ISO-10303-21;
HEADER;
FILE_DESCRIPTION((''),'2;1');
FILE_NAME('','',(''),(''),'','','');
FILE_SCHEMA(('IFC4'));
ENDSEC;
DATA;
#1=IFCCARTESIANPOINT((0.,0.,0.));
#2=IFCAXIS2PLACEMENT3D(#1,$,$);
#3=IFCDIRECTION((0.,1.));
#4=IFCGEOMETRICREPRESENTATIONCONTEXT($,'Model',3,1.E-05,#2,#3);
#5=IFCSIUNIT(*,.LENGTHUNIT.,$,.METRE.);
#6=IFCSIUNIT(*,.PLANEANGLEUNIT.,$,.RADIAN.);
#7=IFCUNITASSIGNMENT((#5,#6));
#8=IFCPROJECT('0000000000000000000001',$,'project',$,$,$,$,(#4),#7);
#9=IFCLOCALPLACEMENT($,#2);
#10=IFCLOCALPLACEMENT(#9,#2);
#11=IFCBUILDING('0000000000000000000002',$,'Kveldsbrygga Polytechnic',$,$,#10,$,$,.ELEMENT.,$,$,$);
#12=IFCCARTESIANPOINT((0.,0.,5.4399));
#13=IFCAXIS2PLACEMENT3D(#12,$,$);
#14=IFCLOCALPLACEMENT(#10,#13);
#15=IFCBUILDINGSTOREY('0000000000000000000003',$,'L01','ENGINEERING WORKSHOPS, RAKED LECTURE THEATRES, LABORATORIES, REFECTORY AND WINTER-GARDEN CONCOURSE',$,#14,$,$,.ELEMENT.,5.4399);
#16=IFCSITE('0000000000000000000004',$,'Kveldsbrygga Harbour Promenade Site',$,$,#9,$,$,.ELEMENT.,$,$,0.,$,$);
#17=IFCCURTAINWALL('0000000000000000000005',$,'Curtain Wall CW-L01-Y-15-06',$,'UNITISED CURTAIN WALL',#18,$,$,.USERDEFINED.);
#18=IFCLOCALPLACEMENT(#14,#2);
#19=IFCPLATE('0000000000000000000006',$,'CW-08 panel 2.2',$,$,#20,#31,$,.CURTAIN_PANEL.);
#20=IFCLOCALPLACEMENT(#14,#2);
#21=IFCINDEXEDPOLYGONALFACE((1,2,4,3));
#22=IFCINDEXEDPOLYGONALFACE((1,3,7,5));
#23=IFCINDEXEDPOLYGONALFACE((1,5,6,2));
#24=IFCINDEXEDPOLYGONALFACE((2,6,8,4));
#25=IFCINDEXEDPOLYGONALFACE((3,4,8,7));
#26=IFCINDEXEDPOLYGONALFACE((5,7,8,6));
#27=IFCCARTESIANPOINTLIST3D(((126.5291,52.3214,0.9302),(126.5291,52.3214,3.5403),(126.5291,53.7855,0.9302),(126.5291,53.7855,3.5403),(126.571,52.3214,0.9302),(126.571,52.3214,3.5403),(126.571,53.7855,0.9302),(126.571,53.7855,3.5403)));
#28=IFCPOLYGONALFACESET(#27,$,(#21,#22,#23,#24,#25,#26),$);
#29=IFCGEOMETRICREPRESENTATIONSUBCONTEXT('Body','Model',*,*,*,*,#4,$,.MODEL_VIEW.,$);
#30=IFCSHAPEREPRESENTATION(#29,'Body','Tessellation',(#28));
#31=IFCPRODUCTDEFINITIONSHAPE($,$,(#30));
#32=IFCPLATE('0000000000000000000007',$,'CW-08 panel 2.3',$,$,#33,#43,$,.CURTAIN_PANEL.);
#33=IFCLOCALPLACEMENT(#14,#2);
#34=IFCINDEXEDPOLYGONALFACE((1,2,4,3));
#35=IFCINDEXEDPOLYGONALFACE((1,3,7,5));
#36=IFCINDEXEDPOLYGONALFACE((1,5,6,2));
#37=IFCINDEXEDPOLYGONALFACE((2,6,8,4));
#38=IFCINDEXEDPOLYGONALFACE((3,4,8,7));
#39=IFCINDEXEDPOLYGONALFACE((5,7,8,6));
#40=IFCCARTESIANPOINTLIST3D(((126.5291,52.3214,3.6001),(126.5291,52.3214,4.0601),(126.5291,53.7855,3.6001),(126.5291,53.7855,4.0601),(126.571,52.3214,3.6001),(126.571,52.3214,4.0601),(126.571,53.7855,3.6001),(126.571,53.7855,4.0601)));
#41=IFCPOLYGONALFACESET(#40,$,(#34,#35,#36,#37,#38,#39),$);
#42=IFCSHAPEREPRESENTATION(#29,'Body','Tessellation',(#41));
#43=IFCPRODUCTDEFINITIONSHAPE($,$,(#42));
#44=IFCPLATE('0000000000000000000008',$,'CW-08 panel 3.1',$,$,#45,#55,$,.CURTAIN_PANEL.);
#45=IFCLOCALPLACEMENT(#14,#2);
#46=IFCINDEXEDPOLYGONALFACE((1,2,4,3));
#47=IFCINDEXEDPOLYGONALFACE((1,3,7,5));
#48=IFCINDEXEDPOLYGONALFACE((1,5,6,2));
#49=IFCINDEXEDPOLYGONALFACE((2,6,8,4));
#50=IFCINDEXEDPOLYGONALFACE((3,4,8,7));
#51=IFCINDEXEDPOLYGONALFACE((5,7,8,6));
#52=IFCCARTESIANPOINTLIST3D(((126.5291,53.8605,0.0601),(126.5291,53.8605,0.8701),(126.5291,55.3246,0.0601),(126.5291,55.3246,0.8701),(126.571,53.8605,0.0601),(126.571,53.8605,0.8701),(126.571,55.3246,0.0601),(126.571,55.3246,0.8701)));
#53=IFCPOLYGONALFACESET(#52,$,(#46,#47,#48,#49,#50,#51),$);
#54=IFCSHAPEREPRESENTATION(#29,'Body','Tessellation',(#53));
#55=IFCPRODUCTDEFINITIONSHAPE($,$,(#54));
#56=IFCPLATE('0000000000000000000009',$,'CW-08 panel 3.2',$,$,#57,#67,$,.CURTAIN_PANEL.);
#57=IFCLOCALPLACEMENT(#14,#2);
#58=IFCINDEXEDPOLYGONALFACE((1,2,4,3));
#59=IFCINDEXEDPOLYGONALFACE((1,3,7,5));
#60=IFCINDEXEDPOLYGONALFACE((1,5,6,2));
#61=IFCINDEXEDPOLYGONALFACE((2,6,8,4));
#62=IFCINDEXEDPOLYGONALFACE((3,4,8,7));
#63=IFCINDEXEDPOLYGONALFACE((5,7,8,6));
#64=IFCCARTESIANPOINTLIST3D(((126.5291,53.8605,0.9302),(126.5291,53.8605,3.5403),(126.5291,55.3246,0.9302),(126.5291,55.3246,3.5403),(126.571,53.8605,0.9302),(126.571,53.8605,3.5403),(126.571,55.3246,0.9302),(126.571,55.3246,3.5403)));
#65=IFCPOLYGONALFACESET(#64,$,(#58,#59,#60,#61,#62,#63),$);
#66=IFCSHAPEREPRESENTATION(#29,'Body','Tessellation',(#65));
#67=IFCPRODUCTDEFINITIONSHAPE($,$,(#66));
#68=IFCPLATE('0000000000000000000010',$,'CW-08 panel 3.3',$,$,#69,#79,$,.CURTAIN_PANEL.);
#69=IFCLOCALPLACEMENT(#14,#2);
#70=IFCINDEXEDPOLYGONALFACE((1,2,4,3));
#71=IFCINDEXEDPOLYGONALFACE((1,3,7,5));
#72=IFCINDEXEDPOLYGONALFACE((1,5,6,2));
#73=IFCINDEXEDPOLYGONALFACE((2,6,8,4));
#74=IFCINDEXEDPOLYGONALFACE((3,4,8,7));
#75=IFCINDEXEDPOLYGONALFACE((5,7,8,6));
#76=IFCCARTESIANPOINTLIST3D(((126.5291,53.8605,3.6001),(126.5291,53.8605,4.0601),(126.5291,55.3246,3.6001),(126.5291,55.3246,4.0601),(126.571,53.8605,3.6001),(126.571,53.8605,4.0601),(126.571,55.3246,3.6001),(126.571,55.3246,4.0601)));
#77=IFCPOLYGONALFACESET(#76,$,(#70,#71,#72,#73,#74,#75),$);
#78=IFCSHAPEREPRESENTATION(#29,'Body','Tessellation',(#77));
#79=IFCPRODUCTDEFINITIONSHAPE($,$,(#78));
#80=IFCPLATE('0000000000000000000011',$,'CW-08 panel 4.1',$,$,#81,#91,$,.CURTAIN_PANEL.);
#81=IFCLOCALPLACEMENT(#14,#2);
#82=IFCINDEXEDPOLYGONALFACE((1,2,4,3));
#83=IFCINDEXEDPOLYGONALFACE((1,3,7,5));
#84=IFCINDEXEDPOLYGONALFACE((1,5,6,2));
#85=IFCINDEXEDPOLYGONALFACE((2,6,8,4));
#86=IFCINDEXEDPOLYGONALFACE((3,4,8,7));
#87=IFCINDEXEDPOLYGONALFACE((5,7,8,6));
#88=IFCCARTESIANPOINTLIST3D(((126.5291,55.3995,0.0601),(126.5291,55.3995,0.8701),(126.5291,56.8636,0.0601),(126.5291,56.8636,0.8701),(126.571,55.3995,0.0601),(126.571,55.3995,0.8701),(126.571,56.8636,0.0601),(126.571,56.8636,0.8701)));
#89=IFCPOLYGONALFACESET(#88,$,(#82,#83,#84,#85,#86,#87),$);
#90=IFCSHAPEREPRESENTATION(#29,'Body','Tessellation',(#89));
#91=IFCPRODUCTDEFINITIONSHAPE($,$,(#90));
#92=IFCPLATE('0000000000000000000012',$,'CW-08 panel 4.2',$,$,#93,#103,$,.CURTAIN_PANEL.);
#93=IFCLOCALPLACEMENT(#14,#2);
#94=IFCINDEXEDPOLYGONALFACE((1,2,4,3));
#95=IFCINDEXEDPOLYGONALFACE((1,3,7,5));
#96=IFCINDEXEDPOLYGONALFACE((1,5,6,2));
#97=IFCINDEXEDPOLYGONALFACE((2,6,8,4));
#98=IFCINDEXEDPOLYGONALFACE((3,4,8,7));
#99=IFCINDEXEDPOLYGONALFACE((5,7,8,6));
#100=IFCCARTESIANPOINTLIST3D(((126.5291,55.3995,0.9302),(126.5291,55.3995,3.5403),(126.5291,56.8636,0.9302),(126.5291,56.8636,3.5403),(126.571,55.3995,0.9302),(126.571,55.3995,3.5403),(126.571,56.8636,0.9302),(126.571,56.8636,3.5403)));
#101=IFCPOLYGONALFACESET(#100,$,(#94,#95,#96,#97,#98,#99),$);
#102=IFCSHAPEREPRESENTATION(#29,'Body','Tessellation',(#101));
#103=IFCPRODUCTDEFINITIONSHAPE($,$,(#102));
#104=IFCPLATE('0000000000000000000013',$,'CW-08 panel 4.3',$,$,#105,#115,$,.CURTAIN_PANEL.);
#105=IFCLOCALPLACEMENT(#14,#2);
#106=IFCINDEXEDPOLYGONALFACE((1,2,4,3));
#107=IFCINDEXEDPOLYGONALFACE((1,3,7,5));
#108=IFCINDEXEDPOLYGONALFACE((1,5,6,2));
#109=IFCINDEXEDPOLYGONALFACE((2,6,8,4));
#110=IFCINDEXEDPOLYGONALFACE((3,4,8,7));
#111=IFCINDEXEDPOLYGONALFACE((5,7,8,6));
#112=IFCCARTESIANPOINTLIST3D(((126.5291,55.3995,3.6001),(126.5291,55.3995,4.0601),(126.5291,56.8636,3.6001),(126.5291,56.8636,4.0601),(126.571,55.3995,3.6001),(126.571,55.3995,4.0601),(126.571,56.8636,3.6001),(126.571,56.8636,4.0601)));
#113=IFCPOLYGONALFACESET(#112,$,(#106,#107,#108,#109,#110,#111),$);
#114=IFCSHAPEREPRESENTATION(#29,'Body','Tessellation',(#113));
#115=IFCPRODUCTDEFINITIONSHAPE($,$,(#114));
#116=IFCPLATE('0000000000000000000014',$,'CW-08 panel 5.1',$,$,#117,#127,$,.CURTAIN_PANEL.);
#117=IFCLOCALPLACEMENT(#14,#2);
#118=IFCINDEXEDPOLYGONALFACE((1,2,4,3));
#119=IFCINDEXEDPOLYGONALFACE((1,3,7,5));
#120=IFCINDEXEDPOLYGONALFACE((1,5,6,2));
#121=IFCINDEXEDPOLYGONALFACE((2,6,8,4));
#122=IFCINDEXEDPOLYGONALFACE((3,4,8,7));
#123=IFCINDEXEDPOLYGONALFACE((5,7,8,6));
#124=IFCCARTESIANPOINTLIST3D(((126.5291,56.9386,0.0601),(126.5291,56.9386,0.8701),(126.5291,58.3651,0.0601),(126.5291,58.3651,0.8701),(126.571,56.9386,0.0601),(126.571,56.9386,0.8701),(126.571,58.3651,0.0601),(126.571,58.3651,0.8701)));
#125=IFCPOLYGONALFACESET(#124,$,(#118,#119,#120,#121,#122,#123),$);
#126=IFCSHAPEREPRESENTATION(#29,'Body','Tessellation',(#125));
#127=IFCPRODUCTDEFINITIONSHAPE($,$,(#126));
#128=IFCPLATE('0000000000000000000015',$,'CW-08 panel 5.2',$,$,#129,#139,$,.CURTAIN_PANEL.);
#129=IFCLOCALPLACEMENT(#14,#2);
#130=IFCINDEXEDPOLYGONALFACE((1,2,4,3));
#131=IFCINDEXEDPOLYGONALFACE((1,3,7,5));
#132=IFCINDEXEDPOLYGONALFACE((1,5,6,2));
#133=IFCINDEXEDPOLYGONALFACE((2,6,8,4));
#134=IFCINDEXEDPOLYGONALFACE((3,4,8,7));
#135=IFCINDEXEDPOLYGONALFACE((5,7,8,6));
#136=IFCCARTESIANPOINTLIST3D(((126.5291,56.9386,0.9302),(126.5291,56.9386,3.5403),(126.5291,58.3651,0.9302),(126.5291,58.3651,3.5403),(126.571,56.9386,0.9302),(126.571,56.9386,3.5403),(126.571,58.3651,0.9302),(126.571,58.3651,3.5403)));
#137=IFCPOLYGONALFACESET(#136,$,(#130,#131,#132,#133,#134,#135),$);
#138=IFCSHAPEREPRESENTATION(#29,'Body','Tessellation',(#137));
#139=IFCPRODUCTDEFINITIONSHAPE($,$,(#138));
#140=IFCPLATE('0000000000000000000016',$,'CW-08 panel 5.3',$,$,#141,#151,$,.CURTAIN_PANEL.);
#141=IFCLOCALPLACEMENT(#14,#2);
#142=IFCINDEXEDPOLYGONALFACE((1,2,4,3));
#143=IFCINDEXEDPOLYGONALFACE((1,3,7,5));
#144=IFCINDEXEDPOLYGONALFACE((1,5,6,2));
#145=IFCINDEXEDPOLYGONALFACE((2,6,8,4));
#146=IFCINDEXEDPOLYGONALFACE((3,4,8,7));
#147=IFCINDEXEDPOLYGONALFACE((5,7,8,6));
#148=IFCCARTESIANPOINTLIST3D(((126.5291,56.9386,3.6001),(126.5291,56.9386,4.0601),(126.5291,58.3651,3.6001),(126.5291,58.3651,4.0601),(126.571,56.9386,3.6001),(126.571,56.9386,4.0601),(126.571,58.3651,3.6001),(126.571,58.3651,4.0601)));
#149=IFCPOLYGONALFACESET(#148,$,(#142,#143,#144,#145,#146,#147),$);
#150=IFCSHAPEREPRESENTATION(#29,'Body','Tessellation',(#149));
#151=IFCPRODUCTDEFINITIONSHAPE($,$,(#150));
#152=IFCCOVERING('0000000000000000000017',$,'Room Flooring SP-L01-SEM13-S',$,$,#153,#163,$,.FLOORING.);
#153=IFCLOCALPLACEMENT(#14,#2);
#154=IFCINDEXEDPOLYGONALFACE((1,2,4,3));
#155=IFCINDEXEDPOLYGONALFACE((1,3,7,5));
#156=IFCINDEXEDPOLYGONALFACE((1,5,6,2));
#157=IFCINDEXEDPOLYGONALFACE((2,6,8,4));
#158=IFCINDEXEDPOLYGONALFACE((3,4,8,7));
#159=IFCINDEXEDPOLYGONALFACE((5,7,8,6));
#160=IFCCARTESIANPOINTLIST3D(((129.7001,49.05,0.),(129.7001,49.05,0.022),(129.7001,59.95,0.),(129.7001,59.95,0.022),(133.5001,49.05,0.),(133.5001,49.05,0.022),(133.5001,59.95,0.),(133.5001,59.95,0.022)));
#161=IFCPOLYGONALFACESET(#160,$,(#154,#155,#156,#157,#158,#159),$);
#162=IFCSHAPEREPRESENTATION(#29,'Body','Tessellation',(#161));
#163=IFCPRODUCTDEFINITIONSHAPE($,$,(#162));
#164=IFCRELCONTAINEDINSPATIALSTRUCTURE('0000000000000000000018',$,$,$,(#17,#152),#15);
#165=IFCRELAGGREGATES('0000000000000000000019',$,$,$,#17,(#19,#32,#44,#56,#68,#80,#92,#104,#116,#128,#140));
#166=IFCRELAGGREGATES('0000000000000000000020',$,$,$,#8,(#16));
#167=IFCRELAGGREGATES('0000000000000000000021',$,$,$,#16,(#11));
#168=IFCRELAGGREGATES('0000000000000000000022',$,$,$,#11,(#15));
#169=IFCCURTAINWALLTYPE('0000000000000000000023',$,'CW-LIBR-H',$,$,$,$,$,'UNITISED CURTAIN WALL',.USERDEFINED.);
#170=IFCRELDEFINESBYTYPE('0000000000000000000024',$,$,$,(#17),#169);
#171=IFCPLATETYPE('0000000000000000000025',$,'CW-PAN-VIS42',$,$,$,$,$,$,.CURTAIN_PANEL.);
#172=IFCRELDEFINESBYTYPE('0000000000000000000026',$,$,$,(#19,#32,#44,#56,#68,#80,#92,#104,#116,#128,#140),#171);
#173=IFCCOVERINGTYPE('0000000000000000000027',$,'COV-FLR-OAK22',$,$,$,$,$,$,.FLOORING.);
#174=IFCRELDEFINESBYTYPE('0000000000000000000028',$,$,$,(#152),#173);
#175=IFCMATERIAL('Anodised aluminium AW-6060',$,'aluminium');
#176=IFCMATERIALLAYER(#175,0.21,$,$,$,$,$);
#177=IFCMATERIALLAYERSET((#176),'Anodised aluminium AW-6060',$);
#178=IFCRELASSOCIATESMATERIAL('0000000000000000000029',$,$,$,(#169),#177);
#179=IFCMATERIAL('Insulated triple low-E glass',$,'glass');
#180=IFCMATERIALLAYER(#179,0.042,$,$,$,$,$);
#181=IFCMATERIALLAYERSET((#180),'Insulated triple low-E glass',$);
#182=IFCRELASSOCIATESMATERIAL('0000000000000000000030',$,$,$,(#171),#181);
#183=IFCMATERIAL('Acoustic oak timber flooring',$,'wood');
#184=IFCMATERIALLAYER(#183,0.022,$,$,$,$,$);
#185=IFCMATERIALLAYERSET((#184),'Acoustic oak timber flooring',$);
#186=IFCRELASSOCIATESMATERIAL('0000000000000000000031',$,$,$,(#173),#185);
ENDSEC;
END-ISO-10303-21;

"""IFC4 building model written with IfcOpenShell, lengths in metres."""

from ifc_helpers import new_model, si_unit, direction, frame, origin, origin_2d, place, context, subcontext, project, spatial, rectangle, extrude, material, layer, layer_set, type_object, element, aggregate, save


model = new_model("IFC4")

# Units and contexts
model_context = context("Model", 3, precision=1e-05, world=origin(), true_north=direction((0.0, 1.0)))
body_context = subcontext(model_context, "Body", "Model", "MODEL_VIEW")
ifc_project = project(units=[si_unit("LENGTHUNIT", "METRE"), si_unit("PLANEANGLEUNIT", "RADIAN")], contexts=[model_context])

# Site, building, storey
site_placement = place(None, origin())
site = spatial("IfcSite", under=ifc_project, at=site_placement, Name="Kveldsbrygga Harbour Promenade Site", CompositionType="ELEMENT", RefElevation=0.0)
building_placement = place(site_placement, origin())
building = spatial("IfcBuilding", under=site, at=building_placement, Name="Kveldsbrygga Polytechnic", CompositionType="ELEMENT")
storey_placement = place(building_placement, frame((0.0, 0.0, 5.4399)))
storey = spatial("IfcBuildingStorey", under=building, at=storey_placement, Name="L01", Description="ENGINEERING WORKSHOPS, RAKED LECTURE THEATRES, LABORATORIES, REFECTORY AND WINTER-GARDEN CONCOURSE", CompositionType="ELEMENT", Elevation=5.4399)

# Curtain wall
ifc_material_1 = material(Name="Anodised aluminium AW-6060", Category="aluminium")
ifc_layer_1 = layer(ifc_material_1, 0.21)
ifc_layer_set_1 = layer_set([ifc_layer_1], Name="Anodised aluminium AW-6060")
curtain_wall_type = type_object("IfcCurtainWallType", Name="CW-LIBR-H", ElementType="UNITISED CURTAIN WALL", PredefinedType="USERDEFINED", material=ifc_layer_set_1)
curtain_wall_placement = place(storey_placement, origin())
curtain_wall = element("IfcCurtainWall", 1, at=curtain_wall_placement, inside=storey, type_object=curtain_wall_type, Name="Curtain Wall CW-L01-Y-15-06", ObjectType="UNITISED CURTAIN WALL", PredefinedType="USERDEFINED")

# Plates
ifc_material_2 = material(Name="Insulated triple low-E glass", Category="glass")
ifc_layer_2 = layer(ifc_material_2, 0.042)
ifc_layer_set_2 = layer_set([ifc_layer_2], Name="Insulated triple low-E glass")
plate_type = type_object("IfcPlateType", Name="CW-PAN-VIS42", PredefinedType="CURTAIN_PANEL", material=ifc_layer_set_2)
plate_1_placement = place(storey_placement, frame((126.55, 53.0535, 0.9302), z_axis=(0.0, 0.0, 1.0), x_axis=(0.0, 1.0, 0.0)))
plate_1 = element("IfcPlate", 2, at=plate_1_placement, type_object=plate_type, Name="CW-08 panel 2.2", PredefinedType="CURTAIN_PANEL", context=body_context, shape_type="SweptSolid", body=[
    extrude(rectangle(XDim=1.4641, YDim=0.042, at=origin_2d()), origin(), (0.0, 0.0, 1.0), 2.6101),
])
plate_2_placement = place(storey_placement, frame((126.55, 53.0535, 3.6001), z_axis=(0.0, 0.0, 1.0), x_axis=(0.0, 1.0, 0.0)))
plate_2 = element("IfcPlate", 3, at=plate_2_placement, type_object=plate_type, Name="CW-08 panel 2.3", PredefinedType="CURTAIN_PANEL", context=body_context, shape_type="SweptSolid", body=[
    extrude(rectangle(XDim=1.4641, YDim=0.042, at=origin_2d()), origin(), (0.0, 0.0, 1.0), 0.46),
])
plate_3_placement = place(storey_placement, frame((126.55, 54.5925, 0.0601), z_axis=(0.0, 0.0, 1.0), x_axis=(0.0, 1.0, 0.0)))
plate_3 = element("IfcPlate", 4, at=plate_3_placement, type_object=plate_type, Name="CW-08 panel 3.1", PredefinedType="CURTAIN_PANEL", context=body_context, shape_type="SweptSolid", body=[
    extrude(rectangle(XDim=1.4641, YDim=0.042, at=origin_2d()), origin(), (0.0, 0.0, 1.0), 0.8101),
])
plate_4_placement = place(storey_placement, frame((126.55, 54.5925, 0.9302), z_axis=(0.0, 0.0, 1.0), x_axis=(0.0, 1.0, 0.0)))
plate_4 = element("IfcPlate", 5, at=plate_4_placement, type_object=plate_type, Name="CW-08 panel 3.2", PredefinedType="CURTAIN_PANEL", context=body_context, shape_type="SweptSolid", body=[
    extrude(rectangle(XDim=1.4641, YDim=0.042, at=origin_2d()), origin(), (0.0, 0.0, 1.0), 2.6101),
])
plate_5_placement = place(storey_placement, frame((126.55, 54.5925, 3.6001), z_axis=(0.0, 0.0, 1.0), x_axis=(0.0, 1.0, 0.0)))
plate_5 = element("IfcPlate", 6, at=plate_5_placement, type_object=plate_type, Name="CW-08 panel 3.3", PredefinedType="CURTAIN_PANEL", context=body_context, shape_type="SweptSolid", body=[
    extrude(rectangle(XDim=1.4641, YDim=0.042, at=origin_2d()), origin(), (0.0, 0.0, 1.0), 0.46),
])
plate_6_placement = place(storey_placement, frame((126.55, 56.1316, 0.0601), z_axis=(0.0, 0.0, 1.0), x_axis=(0.0, 1.0, 0.0)))
plate_6 = element("IfcPlate", 7, at=plate_6_placement, type_object=plate_type, Name="CW-08 panel 4.1", PredefinedType="CURTAIN_PANEL", context=body_context, shape_type="SweptSolid", body=[
    extrude(rectangle(XDim=1.4641, YDim=0.042, at=origin_2d()), origin(), (0.0, 0.0, 1.0), 0.8101),
])
plate_7_placement = place(storey_placement, frame((126.55, 56.1316, 0.9302), z_axis=(0.0, 0.0, 1.0), x_axis=(0.0, 1.0, 0.0)))
plate_7 = element("IfcPlate", 8, at=plate_7_placement, type_object=plate_type, Name="CW-08 panel 4.2", PredefinedType="CURTAIN_PANEL", context=body_context, shape_type="SweptSolid", body=[
    extrude(rectangle(XDim=1.4641, YDim=0.042, at=origin_2d()), origin(), (0.0, 0.0, 1.0), 2.6101),
])
plate_8_placement = place(storey_placement, frame((126.55, 56.1316, 3.6001), z_axis=(0.0, 0.0, 1.0), x_axis=(0.0, 1.0, 0.0)))
plate_8 = element("IfcPlate", 9, at=plate_8_placement, type_object=plate_type, Name="CW-08 panel 4.3", PredefinedType="CURTAIN_PANEL", context=body_context, shape_type="SweptSolid", body=[
    extrude(rectangle(XDim=1.4641, YDim=0.042, at=origin_2d()), origin(), (0.0, 0.0, 1.0), 0.46),
])
plate_9_placement = place(storey_placement, frame((126.55, 57.6519, 0.0601), z_axis=(0.0, 0.0, 1.0), x_axis=(0.0, 1.0, 0.0)))
plate_9 = element("IfcPlate", 10, at=plate_9_placement, type_object=plate_type, Name="CW-08 panel 5.1", PredefinedType="CURTAIN_PANEL", context=body_context, shape_type="SweptSolid", body=[
    extrude(rectangle(XDim=1.4265, YDim=0.042, at=origin_2d()), origin(), (0.0, 0.0, 1.0), 0.8101),
])
plate_10_placement = place(storey_placement, frame((126.55, 57.6519, 0.9302), z_axis=(0.0, 0.0, 1.0), x_axis=(0.0, 1.0, 0.0)))
plate_10 = element("IfcPlate", 11, at=plate_10_placement, type_object=plate_type, Name="CW-08 panel 5.2", PredefinedType="CURTAIN_PANEL", context=body_context, shape_type="SweptSolid", body=[
    extrude(rectangle(XDim=1.4265, YDim=0.042, at=origin_2d()), origin(), (0.0, 0.0, 1.0), 2.6101),
])
plate_11_placement = place(storey_placement, frame((126.55, 57.6519, 3.6001), z_axis=(0.0, 0.0, 1.0), x_axis=(0.0, 1.0, 0.0)))
plate_11 = element("IfcPlate", 12, at=plate_11_placement, type_object=plate_type, Name="CW-08 panel 5.3", PredefinedType="CURTAIN_PANEL", context=body_context, shape_type="SweptSolid", body=[
    extrude(rectangle(XDim=1.4265, YDim=0.042, at=origin_2d()), origin(), (0.0, 0.0, 1.0), 0.46),
])
aggregate(curtain_wall, [plate_1, plate_2, plate_3, plate_4, plate_5, plate_6, plate_7, plate_8, plate_9, plate_10, plate_11])

# Covering
ifc_material_3 = material(Name="Acoustic oak timber flooring", Category="wood")
ifc_layer_3 = layer(ifc_material_3, 0.022)
ifc_layer_set_3 = layer_set([ifc_layer_3], Name="Acoustic oak timber flooring")
covering_type = type_object("IfcCoveringType", Name="COV-FLR-OAK22", PredefinedType="FLOORING", material=ifc_layer_set_3)
covering_placement = place(storey_placement, frame((131.6001, 54.5, 0.0), z_axis=(0.0, 0.0, 1.0), x_axis=(1.0, 0.0, 0.0)))
element("IfcCovering", 13, at=covering_placement, inside=storey, type_object=covering_type, Name="Room Flooring SP-L01-SEM13-S", PredefinedType="FLOORING", context=body_context, shape_type="SweptSolid", body=[
    extrude(rectangle(XDim=3.8, YDim=10.8999, at=origin_2d()), origin(), (0.0, 0.0, 1.0), 0.022),
])

save(model, "model.ifc")
